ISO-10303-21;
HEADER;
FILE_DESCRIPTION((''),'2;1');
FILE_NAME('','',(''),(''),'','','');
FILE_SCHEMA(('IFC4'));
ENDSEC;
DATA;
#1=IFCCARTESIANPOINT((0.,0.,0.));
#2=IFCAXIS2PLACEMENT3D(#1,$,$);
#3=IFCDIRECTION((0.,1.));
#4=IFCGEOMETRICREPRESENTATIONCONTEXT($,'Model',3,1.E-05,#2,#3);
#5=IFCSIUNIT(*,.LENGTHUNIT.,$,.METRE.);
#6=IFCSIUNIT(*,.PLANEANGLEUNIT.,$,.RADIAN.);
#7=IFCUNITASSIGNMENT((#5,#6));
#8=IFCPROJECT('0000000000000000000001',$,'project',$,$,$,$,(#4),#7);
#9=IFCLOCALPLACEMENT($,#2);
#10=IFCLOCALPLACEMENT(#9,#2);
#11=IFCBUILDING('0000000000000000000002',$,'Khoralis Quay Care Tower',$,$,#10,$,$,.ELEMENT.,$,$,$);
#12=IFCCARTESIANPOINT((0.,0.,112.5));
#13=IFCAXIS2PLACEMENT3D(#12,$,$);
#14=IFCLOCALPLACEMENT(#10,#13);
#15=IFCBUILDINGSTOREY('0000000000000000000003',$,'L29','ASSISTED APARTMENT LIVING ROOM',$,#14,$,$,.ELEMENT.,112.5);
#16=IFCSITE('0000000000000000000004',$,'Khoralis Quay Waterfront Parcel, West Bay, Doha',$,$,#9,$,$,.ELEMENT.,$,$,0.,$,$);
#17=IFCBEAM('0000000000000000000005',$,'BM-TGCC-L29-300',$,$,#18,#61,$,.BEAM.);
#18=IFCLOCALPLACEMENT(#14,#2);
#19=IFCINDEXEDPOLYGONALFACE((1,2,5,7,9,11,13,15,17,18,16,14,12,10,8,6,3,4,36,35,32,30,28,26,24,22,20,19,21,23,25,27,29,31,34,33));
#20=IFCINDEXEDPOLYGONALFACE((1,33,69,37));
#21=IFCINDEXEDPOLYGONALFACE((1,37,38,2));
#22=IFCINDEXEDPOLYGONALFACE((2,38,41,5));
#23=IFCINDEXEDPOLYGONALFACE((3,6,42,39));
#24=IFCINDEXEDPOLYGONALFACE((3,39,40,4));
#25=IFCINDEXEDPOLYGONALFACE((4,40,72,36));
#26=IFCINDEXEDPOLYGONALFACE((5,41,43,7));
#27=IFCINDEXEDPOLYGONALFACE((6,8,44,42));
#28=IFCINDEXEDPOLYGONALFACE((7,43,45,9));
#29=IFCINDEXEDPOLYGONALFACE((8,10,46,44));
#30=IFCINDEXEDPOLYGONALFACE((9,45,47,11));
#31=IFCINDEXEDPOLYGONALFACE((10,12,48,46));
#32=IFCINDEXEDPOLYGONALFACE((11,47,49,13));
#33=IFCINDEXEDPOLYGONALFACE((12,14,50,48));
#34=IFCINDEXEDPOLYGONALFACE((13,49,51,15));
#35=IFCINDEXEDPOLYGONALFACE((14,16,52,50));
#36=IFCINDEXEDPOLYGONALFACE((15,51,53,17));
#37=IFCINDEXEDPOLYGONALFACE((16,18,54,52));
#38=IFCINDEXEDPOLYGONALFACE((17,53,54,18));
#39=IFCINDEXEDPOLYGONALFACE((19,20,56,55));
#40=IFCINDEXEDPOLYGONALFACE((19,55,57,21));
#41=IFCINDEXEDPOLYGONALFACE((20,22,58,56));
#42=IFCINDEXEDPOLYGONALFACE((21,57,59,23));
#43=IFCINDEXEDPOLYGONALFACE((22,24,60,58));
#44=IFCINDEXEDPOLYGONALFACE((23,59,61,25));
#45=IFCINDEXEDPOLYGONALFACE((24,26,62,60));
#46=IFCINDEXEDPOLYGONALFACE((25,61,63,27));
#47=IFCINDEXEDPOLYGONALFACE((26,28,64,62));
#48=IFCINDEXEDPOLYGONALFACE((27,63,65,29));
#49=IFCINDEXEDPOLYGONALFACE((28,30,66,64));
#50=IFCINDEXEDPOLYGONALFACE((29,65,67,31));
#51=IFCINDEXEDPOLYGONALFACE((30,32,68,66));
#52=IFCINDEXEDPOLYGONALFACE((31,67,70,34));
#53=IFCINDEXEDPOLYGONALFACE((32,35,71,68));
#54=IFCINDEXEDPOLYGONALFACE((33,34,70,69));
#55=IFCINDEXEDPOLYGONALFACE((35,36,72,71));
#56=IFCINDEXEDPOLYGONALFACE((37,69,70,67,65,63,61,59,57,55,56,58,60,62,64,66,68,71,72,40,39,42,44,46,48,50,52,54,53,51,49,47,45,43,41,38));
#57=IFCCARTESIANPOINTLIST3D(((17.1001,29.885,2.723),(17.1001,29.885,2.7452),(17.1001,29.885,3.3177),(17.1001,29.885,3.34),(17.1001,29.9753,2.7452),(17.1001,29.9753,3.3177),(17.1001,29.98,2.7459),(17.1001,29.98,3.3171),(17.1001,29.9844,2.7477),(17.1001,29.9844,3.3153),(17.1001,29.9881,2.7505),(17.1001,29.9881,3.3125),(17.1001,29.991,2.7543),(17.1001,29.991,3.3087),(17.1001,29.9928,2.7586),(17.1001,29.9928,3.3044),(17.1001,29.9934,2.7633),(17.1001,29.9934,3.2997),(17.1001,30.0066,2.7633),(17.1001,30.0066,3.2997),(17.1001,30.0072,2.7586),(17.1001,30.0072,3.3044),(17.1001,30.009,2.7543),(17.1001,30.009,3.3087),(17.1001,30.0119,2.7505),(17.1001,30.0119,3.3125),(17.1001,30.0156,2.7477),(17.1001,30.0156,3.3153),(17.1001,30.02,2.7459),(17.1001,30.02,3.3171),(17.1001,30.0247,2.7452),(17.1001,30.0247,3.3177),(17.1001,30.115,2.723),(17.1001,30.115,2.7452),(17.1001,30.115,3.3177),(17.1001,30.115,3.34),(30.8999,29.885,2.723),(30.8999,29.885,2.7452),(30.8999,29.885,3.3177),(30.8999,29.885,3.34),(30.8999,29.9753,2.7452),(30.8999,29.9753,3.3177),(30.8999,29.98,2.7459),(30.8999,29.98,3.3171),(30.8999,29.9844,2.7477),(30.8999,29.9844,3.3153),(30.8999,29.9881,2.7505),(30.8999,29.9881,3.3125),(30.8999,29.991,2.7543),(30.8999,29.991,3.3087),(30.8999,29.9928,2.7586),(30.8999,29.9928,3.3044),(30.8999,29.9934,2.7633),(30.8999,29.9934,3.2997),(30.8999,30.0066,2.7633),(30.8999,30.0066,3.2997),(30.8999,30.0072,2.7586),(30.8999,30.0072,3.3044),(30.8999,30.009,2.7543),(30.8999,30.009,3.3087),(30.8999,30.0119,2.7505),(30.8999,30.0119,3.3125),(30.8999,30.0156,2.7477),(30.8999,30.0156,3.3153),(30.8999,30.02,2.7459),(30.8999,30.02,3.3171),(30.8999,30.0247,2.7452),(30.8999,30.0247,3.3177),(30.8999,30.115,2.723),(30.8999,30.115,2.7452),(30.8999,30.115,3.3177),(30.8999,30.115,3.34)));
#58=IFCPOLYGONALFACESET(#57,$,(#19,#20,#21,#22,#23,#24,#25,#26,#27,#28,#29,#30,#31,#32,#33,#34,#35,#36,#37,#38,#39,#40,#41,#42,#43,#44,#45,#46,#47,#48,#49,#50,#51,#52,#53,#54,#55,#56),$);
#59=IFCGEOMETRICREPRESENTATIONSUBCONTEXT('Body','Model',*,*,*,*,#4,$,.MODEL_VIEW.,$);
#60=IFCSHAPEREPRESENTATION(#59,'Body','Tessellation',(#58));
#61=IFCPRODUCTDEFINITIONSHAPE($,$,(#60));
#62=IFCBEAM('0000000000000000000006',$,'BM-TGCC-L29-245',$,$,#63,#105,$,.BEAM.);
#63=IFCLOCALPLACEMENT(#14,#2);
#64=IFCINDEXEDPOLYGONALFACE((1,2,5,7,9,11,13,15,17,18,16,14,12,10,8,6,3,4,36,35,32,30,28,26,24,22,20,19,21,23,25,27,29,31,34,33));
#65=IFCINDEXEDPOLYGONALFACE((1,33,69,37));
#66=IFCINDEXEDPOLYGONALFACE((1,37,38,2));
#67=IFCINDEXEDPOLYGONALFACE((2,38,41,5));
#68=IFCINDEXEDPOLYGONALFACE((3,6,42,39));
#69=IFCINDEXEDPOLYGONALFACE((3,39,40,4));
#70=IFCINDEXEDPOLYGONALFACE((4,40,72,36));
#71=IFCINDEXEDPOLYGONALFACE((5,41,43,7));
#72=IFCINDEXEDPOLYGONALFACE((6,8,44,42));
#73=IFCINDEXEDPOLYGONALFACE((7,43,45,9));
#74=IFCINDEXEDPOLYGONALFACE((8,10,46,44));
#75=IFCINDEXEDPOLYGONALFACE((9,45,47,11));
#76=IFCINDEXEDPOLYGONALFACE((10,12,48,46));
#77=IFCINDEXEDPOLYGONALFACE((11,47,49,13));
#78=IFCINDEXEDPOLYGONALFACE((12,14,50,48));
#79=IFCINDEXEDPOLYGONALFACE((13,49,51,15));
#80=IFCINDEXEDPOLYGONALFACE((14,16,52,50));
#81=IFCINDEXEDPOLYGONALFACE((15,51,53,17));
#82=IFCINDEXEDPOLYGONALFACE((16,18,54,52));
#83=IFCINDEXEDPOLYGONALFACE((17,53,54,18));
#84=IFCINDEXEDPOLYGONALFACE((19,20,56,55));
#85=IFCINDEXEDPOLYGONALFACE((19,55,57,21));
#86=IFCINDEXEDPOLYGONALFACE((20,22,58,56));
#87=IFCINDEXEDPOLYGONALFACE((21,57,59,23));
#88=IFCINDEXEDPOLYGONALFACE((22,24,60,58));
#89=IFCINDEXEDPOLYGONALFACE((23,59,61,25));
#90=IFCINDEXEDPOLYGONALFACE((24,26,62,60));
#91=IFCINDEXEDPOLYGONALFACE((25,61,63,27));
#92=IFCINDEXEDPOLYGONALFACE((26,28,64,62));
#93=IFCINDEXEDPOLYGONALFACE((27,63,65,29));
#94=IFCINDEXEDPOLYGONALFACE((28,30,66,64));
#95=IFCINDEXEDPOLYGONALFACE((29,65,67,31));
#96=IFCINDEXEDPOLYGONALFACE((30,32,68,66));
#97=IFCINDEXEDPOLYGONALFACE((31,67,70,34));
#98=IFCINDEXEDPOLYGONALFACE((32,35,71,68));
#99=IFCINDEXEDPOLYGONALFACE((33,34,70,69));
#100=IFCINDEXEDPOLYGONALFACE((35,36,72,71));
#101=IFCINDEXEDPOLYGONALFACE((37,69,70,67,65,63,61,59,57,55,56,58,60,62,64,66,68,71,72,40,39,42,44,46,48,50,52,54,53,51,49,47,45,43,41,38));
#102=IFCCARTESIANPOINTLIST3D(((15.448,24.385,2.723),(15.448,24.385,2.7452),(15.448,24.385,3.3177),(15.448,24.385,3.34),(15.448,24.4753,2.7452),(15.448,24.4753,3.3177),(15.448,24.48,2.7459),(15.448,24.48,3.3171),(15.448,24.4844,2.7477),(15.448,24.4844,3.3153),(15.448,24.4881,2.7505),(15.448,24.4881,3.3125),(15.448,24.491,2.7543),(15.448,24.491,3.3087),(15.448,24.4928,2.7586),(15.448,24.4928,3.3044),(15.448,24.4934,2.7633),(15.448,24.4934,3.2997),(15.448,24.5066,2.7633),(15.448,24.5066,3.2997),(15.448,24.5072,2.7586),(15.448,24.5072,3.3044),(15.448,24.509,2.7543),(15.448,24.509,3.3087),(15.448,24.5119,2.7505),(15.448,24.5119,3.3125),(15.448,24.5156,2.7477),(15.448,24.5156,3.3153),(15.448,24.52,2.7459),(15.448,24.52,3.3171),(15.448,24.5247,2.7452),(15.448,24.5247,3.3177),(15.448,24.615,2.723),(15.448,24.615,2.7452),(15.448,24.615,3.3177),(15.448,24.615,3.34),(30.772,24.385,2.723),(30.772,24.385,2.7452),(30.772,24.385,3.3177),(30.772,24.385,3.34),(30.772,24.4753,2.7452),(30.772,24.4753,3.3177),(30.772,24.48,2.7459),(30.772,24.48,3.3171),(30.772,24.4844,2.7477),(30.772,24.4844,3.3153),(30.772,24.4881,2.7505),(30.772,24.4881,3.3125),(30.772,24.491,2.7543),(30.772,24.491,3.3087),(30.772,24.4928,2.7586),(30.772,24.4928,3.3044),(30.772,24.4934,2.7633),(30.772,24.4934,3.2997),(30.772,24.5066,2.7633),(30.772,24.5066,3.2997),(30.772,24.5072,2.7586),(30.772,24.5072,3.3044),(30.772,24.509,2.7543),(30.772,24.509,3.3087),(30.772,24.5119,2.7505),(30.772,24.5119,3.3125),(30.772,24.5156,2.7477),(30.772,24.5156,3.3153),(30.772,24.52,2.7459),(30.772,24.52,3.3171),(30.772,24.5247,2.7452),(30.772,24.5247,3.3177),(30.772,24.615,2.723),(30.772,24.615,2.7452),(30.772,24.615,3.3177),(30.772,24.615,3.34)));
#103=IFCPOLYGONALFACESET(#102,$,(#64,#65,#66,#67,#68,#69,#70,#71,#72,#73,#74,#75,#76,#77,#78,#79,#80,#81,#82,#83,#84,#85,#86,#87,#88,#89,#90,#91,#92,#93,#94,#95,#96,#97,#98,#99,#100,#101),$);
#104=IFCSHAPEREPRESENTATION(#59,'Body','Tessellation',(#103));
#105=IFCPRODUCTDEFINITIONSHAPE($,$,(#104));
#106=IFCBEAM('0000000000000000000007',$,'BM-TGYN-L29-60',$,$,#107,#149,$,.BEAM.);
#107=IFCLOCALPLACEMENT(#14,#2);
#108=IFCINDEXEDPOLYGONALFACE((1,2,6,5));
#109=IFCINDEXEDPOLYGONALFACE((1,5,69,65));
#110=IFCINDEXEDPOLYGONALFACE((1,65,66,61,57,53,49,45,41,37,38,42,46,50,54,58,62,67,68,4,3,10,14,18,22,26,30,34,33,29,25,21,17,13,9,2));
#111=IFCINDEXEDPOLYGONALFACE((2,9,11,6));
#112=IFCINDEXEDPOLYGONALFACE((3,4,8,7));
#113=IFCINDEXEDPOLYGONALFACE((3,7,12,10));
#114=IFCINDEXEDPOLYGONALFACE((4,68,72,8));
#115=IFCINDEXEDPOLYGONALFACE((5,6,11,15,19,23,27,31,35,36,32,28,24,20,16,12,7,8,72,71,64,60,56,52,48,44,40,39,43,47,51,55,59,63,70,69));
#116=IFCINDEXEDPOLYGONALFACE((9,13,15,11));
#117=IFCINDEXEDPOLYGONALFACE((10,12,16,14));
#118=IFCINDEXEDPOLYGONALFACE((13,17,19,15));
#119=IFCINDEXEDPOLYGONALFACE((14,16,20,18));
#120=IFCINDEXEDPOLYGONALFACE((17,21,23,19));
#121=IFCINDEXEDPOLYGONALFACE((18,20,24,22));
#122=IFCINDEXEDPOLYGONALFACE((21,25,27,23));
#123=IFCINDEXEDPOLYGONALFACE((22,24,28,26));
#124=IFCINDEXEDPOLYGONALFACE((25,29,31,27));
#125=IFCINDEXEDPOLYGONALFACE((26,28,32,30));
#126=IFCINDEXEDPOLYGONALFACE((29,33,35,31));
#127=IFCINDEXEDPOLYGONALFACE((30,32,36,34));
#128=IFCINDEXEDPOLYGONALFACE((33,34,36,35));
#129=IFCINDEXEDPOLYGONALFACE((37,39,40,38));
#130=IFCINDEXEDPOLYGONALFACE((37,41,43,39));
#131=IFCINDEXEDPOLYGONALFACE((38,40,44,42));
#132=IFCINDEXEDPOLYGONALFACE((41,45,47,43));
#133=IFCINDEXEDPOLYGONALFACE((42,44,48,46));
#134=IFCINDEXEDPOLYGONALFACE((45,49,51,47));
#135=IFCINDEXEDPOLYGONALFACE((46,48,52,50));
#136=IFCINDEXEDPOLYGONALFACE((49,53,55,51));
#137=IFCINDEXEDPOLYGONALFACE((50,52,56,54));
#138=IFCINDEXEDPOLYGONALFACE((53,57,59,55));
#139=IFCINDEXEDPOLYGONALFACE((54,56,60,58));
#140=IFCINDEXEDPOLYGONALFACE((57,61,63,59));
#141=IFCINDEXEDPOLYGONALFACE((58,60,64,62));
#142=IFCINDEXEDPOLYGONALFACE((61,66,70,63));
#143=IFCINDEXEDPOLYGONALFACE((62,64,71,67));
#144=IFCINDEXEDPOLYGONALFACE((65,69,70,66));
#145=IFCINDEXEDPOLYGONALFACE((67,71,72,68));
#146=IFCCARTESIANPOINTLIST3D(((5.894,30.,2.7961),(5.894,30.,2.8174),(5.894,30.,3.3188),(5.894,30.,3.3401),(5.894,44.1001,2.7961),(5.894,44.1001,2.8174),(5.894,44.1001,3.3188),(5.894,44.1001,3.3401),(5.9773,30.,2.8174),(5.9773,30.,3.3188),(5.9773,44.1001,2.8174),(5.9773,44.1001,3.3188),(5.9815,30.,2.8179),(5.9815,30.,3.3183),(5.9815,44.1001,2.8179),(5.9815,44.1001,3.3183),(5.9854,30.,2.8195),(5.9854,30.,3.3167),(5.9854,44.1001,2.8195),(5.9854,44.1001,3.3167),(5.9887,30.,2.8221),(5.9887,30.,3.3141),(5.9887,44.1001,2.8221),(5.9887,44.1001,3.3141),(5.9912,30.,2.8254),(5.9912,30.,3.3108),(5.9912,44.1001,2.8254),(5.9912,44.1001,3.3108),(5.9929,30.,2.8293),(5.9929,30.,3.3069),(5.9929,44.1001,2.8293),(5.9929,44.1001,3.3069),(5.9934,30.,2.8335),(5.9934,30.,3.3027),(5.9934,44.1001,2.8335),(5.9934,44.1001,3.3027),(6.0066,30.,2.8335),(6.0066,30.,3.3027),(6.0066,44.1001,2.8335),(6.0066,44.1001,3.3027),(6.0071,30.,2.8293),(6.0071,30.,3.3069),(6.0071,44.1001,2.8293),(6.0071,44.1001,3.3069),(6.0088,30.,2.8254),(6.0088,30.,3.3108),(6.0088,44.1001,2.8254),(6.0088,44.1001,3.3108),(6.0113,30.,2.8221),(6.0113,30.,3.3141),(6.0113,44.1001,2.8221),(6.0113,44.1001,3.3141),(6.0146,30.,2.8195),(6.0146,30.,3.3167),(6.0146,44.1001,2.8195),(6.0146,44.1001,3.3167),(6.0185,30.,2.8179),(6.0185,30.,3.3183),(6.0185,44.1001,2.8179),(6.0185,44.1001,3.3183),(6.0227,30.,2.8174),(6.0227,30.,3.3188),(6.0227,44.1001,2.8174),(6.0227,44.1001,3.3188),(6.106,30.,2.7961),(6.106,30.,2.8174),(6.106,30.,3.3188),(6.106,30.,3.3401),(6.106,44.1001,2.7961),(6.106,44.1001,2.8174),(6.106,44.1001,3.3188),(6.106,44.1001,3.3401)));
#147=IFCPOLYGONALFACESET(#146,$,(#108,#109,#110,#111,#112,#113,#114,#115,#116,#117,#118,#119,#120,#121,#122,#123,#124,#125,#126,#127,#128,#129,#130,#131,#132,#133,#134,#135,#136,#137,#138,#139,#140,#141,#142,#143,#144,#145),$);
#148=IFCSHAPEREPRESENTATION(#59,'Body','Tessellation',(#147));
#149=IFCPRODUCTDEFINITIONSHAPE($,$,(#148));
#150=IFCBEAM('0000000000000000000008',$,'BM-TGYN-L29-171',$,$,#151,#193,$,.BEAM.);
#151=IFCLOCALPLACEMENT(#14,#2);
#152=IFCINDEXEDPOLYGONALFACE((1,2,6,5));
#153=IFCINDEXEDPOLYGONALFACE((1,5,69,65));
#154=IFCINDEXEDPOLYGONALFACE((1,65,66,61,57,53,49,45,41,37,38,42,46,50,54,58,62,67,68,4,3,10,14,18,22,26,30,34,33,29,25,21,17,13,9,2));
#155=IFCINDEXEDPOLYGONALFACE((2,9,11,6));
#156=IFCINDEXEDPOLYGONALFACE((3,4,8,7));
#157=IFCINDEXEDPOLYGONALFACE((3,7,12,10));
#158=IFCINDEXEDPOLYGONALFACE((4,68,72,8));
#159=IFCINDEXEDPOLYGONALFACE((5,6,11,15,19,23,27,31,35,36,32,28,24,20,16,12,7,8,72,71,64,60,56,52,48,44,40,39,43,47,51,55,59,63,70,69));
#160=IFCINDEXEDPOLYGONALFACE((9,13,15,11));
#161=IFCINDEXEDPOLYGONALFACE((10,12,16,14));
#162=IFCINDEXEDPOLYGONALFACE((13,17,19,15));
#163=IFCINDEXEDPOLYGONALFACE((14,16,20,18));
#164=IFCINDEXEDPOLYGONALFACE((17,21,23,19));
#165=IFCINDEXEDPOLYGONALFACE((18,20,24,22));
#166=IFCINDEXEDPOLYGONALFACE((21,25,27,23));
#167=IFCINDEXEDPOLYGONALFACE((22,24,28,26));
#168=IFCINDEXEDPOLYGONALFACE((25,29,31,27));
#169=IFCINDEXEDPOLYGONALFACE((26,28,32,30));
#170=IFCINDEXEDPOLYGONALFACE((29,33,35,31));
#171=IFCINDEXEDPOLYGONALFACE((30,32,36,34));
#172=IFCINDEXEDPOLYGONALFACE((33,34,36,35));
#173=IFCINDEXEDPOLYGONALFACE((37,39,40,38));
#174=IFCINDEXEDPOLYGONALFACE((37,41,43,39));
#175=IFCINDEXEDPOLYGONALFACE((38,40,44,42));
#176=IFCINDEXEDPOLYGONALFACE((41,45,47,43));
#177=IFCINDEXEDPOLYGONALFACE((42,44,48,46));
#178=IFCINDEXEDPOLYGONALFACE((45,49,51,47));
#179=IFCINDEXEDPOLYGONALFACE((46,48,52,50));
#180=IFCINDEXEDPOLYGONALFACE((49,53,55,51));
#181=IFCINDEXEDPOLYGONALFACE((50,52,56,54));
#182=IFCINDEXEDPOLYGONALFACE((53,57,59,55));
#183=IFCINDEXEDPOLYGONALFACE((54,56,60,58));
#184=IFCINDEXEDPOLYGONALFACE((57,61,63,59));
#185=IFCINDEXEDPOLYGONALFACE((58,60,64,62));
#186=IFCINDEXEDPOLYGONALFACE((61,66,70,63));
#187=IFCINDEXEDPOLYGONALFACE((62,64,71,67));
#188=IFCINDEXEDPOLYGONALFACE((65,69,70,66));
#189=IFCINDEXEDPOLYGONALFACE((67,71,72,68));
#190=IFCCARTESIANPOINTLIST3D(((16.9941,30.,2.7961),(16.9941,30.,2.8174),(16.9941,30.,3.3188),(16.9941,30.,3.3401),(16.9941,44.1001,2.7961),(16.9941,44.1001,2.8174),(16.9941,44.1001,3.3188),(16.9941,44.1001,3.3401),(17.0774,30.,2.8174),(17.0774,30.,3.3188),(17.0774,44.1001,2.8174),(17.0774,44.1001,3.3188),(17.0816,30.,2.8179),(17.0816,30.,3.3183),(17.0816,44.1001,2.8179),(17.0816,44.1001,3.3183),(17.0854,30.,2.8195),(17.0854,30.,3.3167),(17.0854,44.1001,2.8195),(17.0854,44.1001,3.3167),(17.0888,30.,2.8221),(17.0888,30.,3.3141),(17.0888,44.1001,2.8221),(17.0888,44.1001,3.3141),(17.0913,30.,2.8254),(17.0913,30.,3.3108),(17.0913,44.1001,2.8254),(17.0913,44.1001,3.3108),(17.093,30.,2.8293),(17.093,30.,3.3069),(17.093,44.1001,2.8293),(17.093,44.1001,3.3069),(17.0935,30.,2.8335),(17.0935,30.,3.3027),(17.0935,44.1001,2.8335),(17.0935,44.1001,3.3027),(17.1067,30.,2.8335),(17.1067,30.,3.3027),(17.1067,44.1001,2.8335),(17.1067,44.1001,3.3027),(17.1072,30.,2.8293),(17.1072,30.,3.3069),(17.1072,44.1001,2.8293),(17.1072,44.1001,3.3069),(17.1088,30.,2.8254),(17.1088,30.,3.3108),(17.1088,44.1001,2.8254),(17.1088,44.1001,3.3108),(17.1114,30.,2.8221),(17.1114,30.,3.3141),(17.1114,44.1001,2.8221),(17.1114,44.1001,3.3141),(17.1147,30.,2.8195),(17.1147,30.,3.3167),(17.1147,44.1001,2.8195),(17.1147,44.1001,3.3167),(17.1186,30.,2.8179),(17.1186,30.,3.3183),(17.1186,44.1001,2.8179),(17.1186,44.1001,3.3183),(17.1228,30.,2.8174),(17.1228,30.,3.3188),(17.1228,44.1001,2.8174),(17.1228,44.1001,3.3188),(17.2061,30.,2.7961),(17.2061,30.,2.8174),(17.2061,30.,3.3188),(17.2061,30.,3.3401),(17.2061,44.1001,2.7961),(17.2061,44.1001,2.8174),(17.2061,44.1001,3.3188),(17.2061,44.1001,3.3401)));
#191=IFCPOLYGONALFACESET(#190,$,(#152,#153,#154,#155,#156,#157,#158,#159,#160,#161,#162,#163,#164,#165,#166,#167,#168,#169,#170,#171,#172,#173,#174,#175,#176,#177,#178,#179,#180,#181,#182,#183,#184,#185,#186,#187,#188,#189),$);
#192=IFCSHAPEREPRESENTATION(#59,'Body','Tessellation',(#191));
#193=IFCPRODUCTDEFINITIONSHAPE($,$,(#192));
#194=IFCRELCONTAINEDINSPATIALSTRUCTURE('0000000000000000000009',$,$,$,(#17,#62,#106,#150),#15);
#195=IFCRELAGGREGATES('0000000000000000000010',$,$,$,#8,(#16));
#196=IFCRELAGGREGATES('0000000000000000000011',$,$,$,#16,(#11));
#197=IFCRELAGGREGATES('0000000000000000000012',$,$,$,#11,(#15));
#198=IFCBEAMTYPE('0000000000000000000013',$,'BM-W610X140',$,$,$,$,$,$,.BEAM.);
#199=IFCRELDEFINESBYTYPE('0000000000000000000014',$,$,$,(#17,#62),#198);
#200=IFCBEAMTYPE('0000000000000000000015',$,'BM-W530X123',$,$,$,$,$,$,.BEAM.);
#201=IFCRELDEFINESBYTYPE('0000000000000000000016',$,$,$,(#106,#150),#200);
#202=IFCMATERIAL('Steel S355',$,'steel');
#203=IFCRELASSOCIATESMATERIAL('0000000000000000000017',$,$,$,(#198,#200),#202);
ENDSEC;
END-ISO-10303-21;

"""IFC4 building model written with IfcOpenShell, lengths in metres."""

from ifc_helpers import new_model, si_unit, direction, frame, origin, origin_2d, place, context, subcontext, project, spatial, i_section, extrude, source, transform, mapped, material, material_profile, profile_set, type_object, element, save


model = new_model("IFC4")

# Units and contexts
model_context = context("Model", 3, precision=1e-05, world=origin(), true_north=direction((0.0, 1.0)))
body_context = subcontext(model_context, "Body", "Model", "MODEL_VIEW")
ifc_project = project(units=[si_unit("LENGTHUNIT", "METRE"), si_unit("PLANEANGLEUNIT", "RADIAN")], contexts=[model_context])

# Site, building, storey
site_placement = place(None, origin())
site = spatial("IfcSite", under=ifc_project, at=site_placement, Name="Khoralis Quay Waterfront Parcel, West Bay, Doha", CompositionType="ELEMENT", RefElevation=0.0)
building_placement = place(site_placement, origin())
building = spatial("IfcBuilding", under=site, at=building_placement, Name="Khoralis Quay Care Tower", CompositionType="ELEMENT")
storey_placement = place(building_placement, frame((0.0, 0.0, 112.5)))
storey = spatial("IfcBuildingStorey", under=building, at=storey_placement, Name="L29", Description="ASSISTED APARTMENT LIVING ROOM", CompositionType="ELEMENT", Elevation=112.5)

# Beams
ifc_material_1 = material(Name="Steel S355", Category="steel")
ifc_material_profile_1 = material_profile(ifc_material_1, i_section(OverallWidth=0.23, OverallDepth=0.6169, WebThickness=0.0132, FlangeThickness=0.0222, FilletRadius=0.0181, at=origin_2d()), Name="Steel S355")
ifc_profile_set_1 = profile_set([ifc_material_profile_1], Name="Steel S355")
beam_type_1 = type_object("IfcBeamType", Name="BM-W610X140", PredefinedType="BEAM", material=ifc_profile_set_1)
shared_shape_1 = source(origin(), body_context, "Body", "SweptSolid", [
    extrude(i_section(OverallWidth=0.23, OverallDepth=0.6169, WebThickness=0.0132, FlangeThickness=0.0222, FilletRadius=0.0181, at=origin_2d()), origin(), (0.0, 0.0, 1.0), 13.7998),
])
beam_1_placement = place(storey_placement, frame((17.1001, 30.0, 3.0315), z_axis=(1.0, 0.0, 0.0), x_axis=(0.0, 1.0, 0.0)))
element("IfcBeam", 1, at=beam_1_placement, inside=storey, type_object=beam_type_1, Name="BM-TGCC-L29-300", PredefinedType="BEAM", context=body_context, shape_type="MappedRepresentation", body=[
    mapped(shared_shape_1, transform((0.0, 0.0, 0.0), scale=1.0)),
])
shared_shape_2 = source(origin(), body_context, "Body", "SweptSolid", [
    extrude(i_section(OverallWidth=0.23, OverallDepth=0.6169, WebThickness=0.0132, FlangeThickness=0.0222, FilletRadius=0.0181, at=origin_2d()), origin(), (0.0, 0.0, 1.0), 15.324),
])
beam_2_placement = place(storey_placement, frame((15.448, 24.5, 3.0315), z_axis=(1.0, 0.0, 0.0), x_axis=(0.0, 1.0, 0.0)))
element("IfcBeam", 2, at=beam_2_placement, inside=storey, type_object=beam_type_1, Name="BM-TGCC-L29-245", PredefinedType="BEAM", context=body_context, shape_type="MappedRepresentation", body=[
    mapped(shared_shape_2, transform((0.0, 0.0, 0.0), scale=1.0)),
])
ifc_material_profile_2 = material_profile(ifc_material_1, i_section(OverallWidth=0.2119, OverallDepth=0.5439, WebThickness=0.0132, FlangeThickness=0.0212, FilletRadius=0.0161, at=origin_2d()), Name="Steel S355")
ifc_profile_set_2 = profile_set([ifc_material_profile_2], Name="Steel S355")
beam_type_2 = type_object("IfcBeamType", Name="BM-W530X123", PredefinedType="BEAM", material=ifc_profile_set_2)
shared_shape_3 = source(origin(), body_context, "Body", "SweptSolid", [
    extrude(i_section(OverallWidth=0.2119, OverallDepth=0.5439, WebThickness=0.0132, FlangeThickness=0.0212, FilletRadius=0.0161, at=origin_2d()), origin(), (0.0, 0.0, 1.0), 14.1001),
])
for number, where, z_axis, x_axis, name in (
    (3, (6.0, 30.0, 3.0681), (0.0, 1.0, 0.0), (-1.0, 0.0, 0.0), "BM-TGYN-L29-60"),
    (4, (17.1001, 30.0, 3.0681), (0.0, 1.0, 0.0), (-1.0, 0.0, 0.0), "BM-TGYN-L29-171"),
):
    element("IfcBeam", number, at=place(storey_placement, frame(where, z_axis=z_axis, x_axis=x_axis)), inside=storey, type_object=beam_type_2, Name=name, PredefinedType="BEAM", context=body_context, shape_type="MappedRepresentation", body=[
        mapped(shared_shape_3, transform((0.0, 0.0, 0.0), scale=1.0)),
    ])

save(model, "model.ifc")
